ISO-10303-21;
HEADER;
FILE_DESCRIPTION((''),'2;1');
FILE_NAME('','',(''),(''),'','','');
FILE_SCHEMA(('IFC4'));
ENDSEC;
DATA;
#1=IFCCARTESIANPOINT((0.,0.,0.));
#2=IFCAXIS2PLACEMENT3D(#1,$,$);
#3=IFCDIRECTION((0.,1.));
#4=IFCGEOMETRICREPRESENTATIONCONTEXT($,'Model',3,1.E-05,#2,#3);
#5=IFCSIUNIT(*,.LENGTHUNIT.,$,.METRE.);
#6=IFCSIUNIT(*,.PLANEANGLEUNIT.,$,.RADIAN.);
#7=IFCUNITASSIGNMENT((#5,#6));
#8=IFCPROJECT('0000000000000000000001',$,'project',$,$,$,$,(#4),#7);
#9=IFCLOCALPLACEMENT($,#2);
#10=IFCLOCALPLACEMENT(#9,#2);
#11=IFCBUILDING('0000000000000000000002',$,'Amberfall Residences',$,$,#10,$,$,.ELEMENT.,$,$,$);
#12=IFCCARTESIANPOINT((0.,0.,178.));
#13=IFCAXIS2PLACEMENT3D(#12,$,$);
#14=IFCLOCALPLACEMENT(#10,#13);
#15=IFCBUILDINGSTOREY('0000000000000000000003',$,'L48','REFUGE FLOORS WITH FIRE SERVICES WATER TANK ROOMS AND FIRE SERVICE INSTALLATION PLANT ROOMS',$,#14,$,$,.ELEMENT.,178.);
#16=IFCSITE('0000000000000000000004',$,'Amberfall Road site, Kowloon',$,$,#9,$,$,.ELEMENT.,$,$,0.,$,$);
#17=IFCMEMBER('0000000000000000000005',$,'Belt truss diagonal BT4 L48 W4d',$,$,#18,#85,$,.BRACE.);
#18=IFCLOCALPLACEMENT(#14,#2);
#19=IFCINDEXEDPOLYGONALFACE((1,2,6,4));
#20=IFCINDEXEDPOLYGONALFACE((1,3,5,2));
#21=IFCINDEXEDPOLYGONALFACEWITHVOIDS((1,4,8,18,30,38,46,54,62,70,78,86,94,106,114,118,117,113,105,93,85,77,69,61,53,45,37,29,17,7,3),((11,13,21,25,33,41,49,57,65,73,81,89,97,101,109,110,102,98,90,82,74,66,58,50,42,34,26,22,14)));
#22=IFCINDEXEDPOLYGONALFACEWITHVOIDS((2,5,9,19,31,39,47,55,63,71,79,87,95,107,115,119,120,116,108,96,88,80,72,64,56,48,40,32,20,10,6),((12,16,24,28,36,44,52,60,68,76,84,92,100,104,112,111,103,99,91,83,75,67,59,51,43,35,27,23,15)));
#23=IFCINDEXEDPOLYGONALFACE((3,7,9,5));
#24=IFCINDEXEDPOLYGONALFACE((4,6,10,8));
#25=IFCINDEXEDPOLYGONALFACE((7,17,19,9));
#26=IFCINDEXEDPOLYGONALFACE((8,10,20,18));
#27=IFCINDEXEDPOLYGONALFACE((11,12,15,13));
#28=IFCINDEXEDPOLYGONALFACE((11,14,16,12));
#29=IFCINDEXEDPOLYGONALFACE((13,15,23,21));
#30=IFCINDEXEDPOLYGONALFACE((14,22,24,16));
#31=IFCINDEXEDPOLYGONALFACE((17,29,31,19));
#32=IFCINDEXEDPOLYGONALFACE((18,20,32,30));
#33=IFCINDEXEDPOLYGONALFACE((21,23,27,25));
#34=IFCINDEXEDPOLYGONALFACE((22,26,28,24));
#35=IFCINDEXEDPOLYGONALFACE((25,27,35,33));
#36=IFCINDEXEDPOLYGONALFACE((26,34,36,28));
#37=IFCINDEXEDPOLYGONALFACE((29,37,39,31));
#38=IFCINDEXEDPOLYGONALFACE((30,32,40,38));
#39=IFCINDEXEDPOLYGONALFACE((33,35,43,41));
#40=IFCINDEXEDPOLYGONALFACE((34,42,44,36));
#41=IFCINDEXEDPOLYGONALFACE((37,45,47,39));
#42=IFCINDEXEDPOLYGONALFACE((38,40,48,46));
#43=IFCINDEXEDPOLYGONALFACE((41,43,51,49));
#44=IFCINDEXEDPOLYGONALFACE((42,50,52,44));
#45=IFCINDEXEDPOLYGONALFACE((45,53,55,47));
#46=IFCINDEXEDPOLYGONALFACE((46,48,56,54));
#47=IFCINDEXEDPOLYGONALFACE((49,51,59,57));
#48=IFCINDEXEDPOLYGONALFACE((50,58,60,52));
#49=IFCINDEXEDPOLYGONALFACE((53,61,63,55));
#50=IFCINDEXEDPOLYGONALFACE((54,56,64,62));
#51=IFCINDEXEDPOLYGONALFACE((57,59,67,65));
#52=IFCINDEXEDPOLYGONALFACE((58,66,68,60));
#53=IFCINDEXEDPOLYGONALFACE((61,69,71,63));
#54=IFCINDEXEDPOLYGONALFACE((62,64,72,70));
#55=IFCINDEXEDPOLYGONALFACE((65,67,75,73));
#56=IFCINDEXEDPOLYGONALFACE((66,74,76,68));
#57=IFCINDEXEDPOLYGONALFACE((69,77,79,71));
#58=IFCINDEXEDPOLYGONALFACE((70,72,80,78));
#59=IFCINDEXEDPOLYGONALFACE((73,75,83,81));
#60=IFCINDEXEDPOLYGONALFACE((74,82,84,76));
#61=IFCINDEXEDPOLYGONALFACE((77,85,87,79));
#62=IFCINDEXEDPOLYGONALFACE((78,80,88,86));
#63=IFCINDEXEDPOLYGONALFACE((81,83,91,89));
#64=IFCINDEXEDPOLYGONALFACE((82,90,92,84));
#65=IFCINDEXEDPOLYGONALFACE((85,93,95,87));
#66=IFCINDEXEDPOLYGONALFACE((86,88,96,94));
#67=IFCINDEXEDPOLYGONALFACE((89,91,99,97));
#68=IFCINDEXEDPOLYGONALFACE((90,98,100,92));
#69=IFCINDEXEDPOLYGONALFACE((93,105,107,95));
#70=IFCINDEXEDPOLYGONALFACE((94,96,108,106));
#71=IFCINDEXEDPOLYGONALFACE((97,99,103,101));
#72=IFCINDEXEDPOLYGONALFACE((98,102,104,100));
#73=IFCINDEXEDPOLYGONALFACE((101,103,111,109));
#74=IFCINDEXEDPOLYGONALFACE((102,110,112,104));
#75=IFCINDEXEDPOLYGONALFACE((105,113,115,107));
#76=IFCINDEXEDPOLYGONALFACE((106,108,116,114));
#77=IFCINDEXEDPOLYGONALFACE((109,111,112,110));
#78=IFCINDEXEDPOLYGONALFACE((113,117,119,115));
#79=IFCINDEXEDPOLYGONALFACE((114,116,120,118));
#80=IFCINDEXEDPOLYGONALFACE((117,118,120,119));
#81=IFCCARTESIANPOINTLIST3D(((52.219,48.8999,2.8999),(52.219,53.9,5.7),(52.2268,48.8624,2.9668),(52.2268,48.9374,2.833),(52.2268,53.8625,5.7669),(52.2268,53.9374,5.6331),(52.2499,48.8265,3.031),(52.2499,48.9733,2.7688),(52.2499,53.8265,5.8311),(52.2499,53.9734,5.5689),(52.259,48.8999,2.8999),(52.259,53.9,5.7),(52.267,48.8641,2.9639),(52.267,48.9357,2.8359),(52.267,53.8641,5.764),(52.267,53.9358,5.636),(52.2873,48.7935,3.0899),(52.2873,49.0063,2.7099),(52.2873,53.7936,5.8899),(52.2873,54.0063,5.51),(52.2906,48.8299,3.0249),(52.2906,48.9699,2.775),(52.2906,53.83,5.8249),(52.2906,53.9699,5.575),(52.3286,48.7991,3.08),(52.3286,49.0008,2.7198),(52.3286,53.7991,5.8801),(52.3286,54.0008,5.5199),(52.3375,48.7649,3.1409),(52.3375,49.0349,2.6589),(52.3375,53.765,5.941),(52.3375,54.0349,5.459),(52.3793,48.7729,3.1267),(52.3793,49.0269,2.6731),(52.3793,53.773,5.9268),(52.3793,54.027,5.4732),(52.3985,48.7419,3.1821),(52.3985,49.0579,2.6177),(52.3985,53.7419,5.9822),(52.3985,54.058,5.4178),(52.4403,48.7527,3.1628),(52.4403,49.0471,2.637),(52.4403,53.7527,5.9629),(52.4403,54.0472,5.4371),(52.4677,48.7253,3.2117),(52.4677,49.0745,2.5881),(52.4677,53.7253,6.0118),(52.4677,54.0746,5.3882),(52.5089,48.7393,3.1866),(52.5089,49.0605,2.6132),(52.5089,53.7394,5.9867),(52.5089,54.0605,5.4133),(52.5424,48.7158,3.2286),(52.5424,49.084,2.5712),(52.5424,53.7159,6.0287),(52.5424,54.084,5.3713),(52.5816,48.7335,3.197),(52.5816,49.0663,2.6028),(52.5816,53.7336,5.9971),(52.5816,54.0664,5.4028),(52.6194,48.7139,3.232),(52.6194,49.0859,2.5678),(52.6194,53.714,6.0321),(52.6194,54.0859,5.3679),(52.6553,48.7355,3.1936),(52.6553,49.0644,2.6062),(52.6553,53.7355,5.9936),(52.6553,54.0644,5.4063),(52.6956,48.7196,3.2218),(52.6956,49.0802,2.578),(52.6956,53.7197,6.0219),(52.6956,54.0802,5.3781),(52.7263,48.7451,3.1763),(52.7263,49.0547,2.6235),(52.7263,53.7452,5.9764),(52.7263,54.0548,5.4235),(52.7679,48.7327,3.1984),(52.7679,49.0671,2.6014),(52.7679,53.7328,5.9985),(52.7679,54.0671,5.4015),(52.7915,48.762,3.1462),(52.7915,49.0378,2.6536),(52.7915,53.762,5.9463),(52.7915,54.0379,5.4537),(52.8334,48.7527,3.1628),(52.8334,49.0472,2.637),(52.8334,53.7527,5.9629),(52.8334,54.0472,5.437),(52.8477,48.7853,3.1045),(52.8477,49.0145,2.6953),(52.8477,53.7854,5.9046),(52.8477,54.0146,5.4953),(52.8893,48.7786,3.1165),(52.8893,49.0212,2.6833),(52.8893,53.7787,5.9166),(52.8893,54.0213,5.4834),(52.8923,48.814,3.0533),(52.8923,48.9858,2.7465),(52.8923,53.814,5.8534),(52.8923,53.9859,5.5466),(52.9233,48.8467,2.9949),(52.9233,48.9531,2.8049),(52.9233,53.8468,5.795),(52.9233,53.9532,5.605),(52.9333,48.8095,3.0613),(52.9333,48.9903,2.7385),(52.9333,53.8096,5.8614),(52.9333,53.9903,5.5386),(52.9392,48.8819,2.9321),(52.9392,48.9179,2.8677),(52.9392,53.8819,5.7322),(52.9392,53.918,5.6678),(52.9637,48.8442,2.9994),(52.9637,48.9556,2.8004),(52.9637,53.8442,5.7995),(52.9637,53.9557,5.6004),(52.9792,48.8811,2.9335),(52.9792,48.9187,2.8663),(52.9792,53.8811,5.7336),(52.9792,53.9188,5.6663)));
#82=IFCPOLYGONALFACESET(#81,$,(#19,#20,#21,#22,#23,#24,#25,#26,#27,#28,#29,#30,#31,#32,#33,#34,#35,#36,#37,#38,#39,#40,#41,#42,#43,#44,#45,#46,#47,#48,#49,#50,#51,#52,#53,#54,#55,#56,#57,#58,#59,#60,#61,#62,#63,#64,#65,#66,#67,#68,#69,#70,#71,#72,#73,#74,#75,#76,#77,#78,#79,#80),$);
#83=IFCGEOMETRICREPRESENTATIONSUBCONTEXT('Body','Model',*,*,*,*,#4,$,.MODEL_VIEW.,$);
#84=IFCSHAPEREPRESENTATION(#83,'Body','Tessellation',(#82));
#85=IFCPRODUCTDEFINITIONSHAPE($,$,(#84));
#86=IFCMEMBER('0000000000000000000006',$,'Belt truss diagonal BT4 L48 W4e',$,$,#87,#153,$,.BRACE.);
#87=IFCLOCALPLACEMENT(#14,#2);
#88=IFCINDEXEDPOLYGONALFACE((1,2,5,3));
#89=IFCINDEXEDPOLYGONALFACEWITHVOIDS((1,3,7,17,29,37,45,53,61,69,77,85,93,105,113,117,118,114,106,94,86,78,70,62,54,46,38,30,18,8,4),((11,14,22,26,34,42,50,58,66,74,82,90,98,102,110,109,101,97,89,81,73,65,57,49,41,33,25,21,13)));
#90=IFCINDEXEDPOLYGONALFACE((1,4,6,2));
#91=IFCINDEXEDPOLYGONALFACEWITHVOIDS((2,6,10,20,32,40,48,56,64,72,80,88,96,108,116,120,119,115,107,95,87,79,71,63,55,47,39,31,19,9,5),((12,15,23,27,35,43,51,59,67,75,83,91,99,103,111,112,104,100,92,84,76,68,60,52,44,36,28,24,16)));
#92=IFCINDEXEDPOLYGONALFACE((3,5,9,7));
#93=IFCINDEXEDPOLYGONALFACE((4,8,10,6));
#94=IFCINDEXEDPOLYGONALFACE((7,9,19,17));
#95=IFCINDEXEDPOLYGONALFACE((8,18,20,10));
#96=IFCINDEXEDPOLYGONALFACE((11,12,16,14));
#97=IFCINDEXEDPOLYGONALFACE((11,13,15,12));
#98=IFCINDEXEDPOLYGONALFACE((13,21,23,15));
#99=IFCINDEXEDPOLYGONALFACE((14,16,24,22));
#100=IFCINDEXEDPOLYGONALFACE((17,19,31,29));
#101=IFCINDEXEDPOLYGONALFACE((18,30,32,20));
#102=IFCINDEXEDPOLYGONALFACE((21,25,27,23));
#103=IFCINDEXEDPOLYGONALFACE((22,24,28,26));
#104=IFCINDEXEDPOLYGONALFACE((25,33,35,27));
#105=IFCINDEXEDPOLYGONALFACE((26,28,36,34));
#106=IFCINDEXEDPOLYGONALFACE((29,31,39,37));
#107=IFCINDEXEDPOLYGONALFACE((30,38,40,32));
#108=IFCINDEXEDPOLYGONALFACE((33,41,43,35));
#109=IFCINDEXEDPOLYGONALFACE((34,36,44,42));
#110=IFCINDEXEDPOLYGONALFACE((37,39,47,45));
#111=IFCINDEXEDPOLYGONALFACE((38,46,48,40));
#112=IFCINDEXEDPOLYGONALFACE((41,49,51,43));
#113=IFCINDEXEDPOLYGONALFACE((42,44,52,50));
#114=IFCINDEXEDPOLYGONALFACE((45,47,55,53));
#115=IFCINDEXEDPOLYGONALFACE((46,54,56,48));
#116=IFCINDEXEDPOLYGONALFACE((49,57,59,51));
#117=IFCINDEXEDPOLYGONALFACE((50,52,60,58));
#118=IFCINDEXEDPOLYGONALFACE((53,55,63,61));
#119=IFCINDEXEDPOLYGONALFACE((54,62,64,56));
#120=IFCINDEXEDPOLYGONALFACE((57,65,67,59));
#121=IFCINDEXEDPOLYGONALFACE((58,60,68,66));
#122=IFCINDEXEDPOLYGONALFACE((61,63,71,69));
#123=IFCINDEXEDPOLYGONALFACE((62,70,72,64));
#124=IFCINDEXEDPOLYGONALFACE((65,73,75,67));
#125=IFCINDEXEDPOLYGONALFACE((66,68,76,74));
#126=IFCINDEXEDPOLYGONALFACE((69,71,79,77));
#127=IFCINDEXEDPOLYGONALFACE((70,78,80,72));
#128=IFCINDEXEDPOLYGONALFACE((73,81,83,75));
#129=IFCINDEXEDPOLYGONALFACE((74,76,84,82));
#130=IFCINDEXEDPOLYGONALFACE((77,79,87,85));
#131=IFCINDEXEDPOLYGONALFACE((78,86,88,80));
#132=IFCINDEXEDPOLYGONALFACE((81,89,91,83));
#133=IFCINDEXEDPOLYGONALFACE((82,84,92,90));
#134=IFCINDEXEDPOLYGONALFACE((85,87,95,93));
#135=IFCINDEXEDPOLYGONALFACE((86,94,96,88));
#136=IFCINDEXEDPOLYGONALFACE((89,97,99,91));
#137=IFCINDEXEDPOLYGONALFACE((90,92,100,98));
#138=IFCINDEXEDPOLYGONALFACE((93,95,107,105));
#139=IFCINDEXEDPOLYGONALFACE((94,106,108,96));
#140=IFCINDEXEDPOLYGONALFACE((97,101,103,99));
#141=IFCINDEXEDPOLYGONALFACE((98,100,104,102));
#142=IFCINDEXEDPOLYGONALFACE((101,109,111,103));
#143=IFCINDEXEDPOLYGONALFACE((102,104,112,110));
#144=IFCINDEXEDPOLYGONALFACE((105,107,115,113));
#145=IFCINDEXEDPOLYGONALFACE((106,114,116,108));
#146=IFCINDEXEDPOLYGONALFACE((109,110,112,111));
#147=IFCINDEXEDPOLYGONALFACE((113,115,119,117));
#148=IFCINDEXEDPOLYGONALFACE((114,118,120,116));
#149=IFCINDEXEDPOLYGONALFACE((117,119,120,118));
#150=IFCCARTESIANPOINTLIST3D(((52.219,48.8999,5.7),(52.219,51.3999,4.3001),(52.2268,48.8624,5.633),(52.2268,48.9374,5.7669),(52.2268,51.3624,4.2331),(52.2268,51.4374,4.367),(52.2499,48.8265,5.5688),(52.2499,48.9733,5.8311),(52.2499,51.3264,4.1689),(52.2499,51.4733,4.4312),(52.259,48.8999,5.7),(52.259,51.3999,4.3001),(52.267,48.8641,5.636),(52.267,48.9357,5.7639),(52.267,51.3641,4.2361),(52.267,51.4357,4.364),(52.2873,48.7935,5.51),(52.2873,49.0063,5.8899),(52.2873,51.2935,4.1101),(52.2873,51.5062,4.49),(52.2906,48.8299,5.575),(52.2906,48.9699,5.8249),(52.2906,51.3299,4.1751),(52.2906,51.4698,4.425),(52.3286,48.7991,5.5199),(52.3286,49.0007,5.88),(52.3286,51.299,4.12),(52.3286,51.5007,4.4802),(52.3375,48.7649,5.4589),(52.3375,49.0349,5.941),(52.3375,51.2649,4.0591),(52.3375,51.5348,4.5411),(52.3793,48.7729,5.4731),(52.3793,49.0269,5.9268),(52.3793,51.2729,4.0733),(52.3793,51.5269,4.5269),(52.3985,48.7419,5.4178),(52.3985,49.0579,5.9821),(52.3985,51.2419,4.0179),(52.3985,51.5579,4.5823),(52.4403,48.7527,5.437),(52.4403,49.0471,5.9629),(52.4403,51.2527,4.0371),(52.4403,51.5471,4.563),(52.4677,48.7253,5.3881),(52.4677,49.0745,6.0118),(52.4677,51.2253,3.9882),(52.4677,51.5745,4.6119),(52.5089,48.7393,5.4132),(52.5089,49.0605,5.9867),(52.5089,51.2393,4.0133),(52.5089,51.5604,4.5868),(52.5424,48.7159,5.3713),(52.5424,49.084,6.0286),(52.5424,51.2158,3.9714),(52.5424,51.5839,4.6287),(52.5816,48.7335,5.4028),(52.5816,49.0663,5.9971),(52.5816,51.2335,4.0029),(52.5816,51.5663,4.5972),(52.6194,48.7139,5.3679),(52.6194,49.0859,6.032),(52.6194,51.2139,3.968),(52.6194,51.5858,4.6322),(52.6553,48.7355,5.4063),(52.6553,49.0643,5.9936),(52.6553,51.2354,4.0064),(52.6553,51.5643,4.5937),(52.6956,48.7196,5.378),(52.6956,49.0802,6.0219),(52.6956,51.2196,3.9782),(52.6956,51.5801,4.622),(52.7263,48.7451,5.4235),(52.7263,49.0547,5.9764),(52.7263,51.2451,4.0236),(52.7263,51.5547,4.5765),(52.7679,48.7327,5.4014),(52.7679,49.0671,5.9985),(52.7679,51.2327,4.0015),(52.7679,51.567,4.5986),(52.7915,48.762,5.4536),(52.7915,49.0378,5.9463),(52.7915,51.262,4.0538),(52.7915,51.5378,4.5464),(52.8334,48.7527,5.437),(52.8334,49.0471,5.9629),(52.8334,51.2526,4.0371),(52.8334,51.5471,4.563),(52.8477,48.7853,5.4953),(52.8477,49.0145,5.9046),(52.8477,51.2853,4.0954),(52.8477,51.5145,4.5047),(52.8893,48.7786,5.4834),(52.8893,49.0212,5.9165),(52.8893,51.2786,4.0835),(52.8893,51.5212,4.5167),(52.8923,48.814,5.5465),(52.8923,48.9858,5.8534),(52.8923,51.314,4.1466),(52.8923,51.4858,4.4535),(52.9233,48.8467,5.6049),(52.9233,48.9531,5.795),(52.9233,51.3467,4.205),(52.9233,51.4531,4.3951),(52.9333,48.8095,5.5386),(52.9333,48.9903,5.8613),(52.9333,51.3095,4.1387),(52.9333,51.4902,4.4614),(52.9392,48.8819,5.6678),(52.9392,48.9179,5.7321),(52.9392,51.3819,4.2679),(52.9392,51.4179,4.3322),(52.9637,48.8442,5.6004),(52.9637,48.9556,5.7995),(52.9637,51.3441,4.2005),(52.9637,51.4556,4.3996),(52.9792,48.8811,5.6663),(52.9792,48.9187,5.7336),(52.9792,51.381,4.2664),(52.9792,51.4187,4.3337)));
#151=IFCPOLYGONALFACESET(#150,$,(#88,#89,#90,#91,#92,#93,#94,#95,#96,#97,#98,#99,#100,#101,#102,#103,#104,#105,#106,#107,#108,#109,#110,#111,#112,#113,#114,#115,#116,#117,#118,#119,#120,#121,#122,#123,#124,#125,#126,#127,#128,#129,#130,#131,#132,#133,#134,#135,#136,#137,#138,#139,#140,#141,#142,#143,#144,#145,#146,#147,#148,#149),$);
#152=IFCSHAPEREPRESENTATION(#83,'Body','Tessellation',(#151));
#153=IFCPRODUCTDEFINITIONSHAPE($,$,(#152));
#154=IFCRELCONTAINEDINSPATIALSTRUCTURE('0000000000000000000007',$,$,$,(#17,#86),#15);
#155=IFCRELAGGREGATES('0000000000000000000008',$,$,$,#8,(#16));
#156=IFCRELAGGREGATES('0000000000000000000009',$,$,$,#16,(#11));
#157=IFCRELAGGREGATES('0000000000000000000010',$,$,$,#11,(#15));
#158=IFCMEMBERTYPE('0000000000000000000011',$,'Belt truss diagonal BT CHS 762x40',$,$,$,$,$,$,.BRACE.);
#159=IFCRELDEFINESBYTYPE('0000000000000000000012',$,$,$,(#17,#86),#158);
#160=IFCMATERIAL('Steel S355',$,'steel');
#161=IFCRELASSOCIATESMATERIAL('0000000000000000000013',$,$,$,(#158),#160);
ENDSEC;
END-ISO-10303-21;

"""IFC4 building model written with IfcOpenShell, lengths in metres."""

from ifc_helpers import new_model, si_unit, direction, frame, origin, origin_2d, place, context, subcontext, project, spatial, hollow_circle, extrude, material, material_profile, profile_set, type_object, element, save


model = new_model("IFC4")

# Units and contexts
model_context = context("Model", 3, precision=1e-05, world=origin(), true_north=direction((0.0, 1.0)))
body_context = subcontext(model_context, "Body", "Model", "MODEL_VIEW")
ifc_project = project(units=[si_unit("LENGTHUNIT", "METRE"), si_unit("PLANEANGLEUNIT", "RADIAN")], contexts=[model_context])

# Site, building, storey
site_placement = place(None, origin())
site = spatial("IfcSite", under=ifc_project, at=site_placement, Name="Amberfall Road site, Kowloon", CompositionType="ELEMENT", RefElevation=0.0)
building_placement = place(site_placement, origin())
building = spatial("IfcBuilding", under=site, at=building_placement, Name="Amberfall Residences", CompositionType="ELEMENT")
storey_placement = place(building_placement, frame((0.0, 0.0, 178.0)))
storey = spatial("IfcBuildingStorey", under=building, at=storey_placement, Name="L48", Description="REFUGE FLOORS WITH FIRE SERVICES WATER TANK ROOMS AND FIRE SERVICE INSTALLATION PLANT ROOMS", CompositionType="ELEMENT", Elevation=178.0)

# Shared definitions
ifc_material_1 = material(Name="Steel S355", Category="steel")

# Members
ifc_material_profile_1 = material_profile(ifc_material_1, hollow_circle(Radius=0.3811, WallThickness=0.04, at=origin_2d()), Name="CHS 762x40")
ifc_profile_set_1 = profile_set([ifc_material_profile_1], Name="Steel S355")
member_type = type_object("IfcMemberType", Name="Belt truss diagonal BT CHS 762x40", PredefinedType="BRACE", material=ifc_profile_set_1)
member_1_placement = place(storey_placement, frame((52.6001, 48.8999, 2.8999), z_axis=(0.0, 0.872502, 0.48861), x_axis=(-1.0, 0.0, 0.0)))
element("IfcMember", 1, at=member_1_placement, inside=storey, type_object=member_type, Name="Belt truss diagonal BT4 L48 W4d", PredefinedType="BRACE", context=body_context, shape_type="SweptSolid", body=[
    extrude(hollow_circle(Radius=0.3811, WallThickness=0.04, at=origin_2d()), origin(), (0.0, 0.0, 1.0), 5.7307),
])
member_2_placement = place(storey_placement, frame((52.6001, 48.8999, 5.7), z_axis=(0.0, 0.872521, -0.488577), x_axis=(-1.0, 0.0, 0.0)))
element("IfcMember", 2, at=member_2_placement, inside=storey, type_object=member_type, Name="Belt truss diagonal BT4 L48 W4e", PredefinedType="BRACE", context=body_context, shape_type="SweptSolid", body=[
    extrude(hollow_circle(Radius=0.3811, WallThickness=0.04, at=origin_2d()), origin(), (0.0, 0.0, 1.0), 2.8652),
])

save(model, "model.ifc")
